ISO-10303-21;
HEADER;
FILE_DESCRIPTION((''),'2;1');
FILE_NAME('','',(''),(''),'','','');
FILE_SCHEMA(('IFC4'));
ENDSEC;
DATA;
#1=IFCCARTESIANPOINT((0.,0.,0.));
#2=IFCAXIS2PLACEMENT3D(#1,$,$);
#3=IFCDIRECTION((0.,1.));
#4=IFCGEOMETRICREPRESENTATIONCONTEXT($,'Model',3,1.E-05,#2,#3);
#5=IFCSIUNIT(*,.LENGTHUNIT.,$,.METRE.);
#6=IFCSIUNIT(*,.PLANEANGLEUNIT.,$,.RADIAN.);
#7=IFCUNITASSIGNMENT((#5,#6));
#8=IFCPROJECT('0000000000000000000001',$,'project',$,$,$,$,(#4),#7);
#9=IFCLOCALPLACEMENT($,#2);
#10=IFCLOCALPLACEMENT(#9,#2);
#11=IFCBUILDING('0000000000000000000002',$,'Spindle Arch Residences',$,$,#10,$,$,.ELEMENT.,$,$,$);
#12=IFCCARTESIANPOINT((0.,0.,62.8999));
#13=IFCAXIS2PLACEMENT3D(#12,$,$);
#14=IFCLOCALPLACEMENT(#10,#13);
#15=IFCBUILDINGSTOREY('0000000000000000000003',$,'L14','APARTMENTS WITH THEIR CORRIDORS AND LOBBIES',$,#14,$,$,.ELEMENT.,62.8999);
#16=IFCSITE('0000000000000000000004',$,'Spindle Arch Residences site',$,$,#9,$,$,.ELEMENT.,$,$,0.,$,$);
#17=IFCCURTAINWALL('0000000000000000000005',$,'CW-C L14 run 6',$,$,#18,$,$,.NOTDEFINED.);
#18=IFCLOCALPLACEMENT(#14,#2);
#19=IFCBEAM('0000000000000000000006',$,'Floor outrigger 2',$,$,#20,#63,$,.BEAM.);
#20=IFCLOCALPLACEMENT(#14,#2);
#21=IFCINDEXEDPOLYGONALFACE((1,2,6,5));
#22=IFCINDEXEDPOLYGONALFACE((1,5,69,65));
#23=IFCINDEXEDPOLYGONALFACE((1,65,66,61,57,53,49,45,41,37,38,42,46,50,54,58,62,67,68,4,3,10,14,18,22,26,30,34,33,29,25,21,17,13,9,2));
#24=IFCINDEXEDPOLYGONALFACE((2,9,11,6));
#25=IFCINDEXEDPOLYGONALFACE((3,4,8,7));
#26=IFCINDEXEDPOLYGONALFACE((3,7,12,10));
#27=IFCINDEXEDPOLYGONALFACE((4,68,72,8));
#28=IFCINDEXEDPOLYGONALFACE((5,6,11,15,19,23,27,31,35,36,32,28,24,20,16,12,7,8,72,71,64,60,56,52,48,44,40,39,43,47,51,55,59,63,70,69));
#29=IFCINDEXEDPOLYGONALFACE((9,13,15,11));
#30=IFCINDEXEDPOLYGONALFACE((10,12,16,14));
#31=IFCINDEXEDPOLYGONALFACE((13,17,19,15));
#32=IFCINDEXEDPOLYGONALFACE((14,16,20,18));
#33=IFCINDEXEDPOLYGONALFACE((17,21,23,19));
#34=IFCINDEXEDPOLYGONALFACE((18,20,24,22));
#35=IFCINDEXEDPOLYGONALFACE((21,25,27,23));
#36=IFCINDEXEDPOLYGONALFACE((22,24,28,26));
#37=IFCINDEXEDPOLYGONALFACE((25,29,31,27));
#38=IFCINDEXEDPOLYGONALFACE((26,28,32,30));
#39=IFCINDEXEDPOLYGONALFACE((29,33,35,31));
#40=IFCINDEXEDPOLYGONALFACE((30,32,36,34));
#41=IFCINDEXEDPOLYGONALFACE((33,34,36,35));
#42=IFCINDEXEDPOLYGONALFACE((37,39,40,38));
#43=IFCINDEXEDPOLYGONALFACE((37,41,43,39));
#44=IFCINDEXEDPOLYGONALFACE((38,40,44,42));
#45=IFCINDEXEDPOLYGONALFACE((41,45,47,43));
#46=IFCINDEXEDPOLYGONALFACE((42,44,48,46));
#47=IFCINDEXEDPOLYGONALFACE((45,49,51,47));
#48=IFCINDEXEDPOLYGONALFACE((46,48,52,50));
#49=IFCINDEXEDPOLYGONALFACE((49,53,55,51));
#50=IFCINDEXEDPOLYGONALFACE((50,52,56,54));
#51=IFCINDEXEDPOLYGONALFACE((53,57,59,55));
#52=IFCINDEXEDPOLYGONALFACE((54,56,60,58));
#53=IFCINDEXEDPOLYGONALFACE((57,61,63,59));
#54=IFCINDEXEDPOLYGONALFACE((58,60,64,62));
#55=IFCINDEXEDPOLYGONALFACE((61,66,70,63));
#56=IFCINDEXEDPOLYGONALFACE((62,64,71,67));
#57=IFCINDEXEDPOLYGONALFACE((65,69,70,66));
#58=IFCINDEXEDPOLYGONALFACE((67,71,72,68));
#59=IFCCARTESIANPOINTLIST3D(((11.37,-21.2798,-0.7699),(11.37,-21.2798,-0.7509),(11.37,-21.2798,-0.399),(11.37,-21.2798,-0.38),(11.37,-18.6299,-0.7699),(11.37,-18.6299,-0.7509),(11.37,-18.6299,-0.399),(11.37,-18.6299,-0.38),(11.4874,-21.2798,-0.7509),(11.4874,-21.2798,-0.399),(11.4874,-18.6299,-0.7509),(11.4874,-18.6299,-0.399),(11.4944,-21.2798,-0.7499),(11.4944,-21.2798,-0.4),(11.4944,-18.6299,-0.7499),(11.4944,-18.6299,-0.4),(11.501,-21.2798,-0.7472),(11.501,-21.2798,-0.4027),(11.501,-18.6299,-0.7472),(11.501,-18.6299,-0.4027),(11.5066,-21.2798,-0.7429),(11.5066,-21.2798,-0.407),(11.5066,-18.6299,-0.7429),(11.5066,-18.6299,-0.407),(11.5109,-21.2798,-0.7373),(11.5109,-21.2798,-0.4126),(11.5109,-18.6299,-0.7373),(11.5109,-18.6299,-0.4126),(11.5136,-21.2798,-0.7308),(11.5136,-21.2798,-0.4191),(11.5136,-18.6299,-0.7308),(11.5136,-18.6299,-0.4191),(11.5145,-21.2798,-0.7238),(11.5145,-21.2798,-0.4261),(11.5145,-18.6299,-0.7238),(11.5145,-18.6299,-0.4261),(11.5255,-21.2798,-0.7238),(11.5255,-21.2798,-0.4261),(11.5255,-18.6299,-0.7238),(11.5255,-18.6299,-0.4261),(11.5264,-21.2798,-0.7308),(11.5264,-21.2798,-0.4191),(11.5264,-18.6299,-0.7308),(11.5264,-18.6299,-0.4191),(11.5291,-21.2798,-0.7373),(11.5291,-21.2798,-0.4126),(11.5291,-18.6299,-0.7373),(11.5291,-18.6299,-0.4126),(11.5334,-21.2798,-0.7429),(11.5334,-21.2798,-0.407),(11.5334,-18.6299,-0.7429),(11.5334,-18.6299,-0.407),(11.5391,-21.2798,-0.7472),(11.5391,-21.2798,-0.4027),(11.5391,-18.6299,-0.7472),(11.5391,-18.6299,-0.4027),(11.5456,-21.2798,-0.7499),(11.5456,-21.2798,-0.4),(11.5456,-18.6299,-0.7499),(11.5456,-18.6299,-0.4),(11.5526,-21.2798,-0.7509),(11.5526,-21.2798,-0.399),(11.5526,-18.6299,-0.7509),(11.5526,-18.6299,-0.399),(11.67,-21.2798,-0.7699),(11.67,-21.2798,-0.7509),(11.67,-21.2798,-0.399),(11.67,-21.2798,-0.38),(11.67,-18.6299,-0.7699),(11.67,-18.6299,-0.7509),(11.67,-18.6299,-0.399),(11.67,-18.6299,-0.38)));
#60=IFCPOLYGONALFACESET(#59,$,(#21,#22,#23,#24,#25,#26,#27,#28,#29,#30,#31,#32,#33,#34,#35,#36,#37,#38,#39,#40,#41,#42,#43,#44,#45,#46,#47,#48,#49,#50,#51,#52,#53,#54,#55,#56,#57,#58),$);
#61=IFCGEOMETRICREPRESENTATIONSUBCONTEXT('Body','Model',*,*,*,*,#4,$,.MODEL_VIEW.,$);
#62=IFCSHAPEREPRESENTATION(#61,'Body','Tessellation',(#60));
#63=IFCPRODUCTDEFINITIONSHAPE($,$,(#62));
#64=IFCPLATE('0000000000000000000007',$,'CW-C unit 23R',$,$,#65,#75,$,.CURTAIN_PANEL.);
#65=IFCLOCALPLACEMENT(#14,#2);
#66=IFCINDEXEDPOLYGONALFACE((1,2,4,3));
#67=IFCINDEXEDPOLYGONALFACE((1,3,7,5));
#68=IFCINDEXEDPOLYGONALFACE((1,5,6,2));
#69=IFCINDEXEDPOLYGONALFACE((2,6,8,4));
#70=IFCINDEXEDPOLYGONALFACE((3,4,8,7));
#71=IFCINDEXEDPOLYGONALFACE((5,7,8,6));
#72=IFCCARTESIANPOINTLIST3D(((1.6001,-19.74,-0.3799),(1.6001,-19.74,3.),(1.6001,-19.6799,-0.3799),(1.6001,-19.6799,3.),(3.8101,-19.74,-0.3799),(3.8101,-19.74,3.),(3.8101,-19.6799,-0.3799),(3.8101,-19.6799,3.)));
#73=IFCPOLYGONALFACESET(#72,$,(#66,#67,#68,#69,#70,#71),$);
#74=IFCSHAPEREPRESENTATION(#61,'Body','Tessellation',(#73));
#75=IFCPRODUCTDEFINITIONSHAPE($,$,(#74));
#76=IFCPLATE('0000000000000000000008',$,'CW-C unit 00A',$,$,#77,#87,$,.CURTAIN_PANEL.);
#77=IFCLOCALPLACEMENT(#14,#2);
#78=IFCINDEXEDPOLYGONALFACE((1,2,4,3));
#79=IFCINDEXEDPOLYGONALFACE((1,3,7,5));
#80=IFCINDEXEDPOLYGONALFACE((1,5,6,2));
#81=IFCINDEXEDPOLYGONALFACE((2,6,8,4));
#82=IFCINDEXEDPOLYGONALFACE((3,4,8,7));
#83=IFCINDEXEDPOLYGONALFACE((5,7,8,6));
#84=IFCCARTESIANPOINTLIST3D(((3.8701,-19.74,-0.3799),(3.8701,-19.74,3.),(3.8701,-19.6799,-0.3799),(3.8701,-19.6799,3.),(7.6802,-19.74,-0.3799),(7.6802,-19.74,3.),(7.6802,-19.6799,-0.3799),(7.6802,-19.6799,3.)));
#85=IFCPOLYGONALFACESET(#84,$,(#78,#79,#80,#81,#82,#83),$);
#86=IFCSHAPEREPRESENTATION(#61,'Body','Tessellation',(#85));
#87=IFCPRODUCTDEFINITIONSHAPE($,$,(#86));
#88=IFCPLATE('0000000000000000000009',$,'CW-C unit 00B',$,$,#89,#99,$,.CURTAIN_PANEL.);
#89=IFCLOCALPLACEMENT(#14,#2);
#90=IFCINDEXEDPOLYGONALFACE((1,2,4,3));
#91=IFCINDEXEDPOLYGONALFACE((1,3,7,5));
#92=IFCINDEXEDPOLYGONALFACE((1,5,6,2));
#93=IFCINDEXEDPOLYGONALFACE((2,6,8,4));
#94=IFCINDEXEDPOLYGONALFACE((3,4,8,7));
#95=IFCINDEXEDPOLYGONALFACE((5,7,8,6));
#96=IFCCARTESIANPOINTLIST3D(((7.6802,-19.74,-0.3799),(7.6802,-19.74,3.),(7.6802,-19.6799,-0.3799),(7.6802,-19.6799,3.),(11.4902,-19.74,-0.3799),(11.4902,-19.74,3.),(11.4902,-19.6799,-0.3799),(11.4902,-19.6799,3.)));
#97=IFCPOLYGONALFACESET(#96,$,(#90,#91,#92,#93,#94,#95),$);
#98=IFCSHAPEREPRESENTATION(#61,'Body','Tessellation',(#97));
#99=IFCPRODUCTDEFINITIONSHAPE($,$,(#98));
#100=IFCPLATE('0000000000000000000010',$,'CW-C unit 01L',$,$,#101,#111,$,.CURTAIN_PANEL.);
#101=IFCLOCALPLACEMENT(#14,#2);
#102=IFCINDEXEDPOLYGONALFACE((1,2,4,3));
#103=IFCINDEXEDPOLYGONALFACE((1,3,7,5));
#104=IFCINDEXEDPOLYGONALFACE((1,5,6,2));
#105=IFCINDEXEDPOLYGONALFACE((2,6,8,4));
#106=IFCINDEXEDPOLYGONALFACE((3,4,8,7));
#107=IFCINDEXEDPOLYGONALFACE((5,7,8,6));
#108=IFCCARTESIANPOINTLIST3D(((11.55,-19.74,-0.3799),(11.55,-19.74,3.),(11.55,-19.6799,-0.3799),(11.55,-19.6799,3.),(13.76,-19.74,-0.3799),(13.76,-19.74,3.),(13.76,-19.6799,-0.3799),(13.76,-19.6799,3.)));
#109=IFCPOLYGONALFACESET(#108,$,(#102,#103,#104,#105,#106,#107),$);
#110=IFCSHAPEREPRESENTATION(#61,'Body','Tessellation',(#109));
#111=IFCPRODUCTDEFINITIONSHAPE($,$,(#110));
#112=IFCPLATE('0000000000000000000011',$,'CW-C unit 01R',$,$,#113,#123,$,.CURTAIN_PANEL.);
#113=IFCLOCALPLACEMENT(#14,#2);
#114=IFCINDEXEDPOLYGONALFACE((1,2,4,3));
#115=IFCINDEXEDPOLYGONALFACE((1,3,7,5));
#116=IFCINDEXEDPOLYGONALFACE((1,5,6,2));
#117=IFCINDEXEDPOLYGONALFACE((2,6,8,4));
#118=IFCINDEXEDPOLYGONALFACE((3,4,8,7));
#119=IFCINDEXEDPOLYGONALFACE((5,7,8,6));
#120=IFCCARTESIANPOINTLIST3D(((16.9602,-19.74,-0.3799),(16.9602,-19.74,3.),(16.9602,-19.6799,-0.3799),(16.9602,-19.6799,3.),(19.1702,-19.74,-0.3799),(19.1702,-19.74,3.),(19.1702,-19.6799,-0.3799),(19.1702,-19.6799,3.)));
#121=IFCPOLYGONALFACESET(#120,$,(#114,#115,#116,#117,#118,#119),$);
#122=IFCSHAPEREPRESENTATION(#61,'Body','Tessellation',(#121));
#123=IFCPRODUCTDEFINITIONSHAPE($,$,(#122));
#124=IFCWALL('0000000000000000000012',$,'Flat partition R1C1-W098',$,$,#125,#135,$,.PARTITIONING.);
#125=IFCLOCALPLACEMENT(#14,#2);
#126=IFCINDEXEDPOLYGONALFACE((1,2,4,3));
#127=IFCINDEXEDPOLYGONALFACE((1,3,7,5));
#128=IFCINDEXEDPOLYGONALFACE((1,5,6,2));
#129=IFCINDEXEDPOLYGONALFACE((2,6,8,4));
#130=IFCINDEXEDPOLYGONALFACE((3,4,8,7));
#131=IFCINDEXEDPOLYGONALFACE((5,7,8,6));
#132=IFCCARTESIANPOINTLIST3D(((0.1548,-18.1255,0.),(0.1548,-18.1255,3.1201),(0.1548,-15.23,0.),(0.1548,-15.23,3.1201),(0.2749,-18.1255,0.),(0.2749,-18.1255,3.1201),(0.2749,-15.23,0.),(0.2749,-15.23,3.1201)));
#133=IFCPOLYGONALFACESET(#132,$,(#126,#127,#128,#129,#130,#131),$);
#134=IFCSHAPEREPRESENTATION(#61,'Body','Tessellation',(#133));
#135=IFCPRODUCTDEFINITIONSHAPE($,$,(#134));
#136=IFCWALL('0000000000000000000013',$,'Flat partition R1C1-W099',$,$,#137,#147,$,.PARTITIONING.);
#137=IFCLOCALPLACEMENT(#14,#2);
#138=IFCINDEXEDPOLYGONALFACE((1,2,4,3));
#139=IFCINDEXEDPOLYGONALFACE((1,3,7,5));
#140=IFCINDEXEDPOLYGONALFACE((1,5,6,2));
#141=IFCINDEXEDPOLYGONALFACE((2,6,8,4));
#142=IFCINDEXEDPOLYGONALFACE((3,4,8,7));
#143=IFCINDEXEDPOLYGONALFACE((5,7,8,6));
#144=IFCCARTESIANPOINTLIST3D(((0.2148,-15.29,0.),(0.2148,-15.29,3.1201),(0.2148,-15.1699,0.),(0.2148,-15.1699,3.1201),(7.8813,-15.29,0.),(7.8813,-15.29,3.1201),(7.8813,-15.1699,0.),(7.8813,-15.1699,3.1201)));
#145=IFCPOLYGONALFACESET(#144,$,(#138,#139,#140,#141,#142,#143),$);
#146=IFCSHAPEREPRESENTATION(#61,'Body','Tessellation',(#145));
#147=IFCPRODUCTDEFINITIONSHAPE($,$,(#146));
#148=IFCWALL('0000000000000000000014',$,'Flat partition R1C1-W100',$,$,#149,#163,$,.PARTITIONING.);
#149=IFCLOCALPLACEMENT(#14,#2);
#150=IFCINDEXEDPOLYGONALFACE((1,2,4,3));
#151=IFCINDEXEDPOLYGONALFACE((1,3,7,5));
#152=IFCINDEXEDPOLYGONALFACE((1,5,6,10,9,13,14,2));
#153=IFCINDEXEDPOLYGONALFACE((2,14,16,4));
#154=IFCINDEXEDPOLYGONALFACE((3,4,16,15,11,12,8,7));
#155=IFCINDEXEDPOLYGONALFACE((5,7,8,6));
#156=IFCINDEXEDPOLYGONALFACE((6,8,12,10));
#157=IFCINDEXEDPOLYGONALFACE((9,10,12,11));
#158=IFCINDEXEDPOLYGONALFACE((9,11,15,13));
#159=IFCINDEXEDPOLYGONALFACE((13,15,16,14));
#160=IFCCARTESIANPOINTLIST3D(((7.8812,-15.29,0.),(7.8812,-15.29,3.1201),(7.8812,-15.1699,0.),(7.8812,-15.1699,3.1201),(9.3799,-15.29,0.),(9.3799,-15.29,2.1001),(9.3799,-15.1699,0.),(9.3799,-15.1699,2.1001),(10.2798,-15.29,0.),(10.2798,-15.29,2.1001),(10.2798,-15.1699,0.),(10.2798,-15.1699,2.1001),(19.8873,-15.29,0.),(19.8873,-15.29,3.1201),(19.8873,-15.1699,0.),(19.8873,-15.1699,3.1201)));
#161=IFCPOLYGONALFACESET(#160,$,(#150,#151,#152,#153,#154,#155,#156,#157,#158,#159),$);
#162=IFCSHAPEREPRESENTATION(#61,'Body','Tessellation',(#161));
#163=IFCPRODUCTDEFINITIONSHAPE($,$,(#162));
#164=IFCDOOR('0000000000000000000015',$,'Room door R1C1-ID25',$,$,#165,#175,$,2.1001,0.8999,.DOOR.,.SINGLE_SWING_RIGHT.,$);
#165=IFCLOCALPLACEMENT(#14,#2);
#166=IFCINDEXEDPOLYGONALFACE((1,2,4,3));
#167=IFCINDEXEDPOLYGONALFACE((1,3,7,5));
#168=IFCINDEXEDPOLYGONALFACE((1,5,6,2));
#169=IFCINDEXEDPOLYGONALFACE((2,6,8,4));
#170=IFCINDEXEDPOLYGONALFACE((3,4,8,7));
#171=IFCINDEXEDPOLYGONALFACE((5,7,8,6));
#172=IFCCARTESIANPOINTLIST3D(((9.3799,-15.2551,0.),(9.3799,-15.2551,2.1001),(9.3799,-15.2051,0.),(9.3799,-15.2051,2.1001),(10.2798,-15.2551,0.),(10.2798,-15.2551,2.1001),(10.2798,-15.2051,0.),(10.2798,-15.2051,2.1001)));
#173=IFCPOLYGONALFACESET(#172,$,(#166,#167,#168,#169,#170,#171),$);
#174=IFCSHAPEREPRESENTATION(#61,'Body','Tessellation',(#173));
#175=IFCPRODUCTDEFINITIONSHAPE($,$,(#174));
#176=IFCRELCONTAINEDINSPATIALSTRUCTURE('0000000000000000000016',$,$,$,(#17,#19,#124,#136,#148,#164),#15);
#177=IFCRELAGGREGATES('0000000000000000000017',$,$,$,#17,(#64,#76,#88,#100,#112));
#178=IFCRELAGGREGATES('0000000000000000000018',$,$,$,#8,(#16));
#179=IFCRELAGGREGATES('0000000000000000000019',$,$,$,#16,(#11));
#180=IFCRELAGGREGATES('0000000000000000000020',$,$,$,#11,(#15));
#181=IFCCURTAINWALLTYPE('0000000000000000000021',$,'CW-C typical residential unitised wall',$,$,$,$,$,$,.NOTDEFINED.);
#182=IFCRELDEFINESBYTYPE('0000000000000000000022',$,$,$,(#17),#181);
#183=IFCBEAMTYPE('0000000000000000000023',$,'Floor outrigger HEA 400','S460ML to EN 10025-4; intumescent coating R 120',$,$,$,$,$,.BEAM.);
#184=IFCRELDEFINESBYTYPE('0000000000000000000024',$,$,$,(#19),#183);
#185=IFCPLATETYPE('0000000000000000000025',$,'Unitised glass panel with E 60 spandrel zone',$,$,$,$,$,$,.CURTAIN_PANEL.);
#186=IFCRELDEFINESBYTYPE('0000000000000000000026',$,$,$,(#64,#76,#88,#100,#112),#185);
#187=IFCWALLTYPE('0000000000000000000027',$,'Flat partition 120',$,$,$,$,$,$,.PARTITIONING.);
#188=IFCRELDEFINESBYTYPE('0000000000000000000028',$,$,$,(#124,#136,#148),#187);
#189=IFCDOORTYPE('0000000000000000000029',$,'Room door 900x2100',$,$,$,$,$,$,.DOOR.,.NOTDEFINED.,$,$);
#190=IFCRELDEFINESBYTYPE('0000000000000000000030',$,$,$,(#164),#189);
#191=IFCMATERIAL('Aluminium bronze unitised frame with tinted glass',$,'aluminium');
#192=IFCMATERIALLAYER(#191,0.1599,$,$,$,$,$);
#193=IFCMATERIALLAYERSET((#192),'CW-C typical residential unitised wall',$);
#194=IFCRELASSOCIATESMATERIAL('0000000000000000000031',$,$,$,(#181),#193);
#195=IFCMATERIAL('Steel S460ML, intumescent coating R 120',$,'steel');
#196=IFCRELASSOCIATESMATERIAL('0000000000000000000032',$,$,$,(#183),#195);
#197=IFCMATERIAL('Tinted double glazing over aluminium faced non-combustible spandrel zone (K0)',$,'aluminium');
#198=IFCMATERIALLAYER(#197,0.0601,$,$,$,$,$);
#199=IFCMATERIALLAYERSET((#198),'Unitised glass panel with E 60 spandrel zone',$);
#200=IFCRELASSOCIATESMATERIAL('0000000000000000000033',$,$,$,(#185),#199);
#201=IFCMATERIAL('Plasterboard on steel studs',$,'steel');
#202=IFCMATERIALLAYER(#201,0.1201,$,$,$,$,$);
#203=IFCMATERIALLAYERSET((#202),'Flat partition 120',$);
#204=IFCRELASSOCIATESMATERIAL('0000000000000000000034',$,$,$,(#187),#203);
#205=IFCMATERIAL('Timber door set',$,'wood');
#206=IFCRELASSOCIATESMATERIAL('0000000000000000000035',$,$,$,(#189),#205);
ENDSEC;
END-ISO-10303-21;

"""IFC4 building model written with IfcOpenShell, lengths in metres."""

from ifc_helpers import new_model, si_unit, direction, frame, frame_2d, origin, origin_2d, place, context, subcontext, project, spatial, rectangle, i_section, extrude, material, layer, layer_set, material_profile, profile_set, type_object, element, fill, aggregate, save


model = new_model("IFC4")

# Units and contexts
model_context = context("Model", 3, precision=1e-05, world=origin(), true_north=direction((0.0, 1.0)))
body_context = subcontext(model_context, "Body", "Model", "MODEL_VIEW")
ifc_project = project(units=[si_unit("LENGTHUNIT", "METRE"), si_unit("PLANEANGLEUNIT", "RADIAN")], contexts=[model_context])

# Site, building, storey
site_placement = place(None, origin())
site = spatial("IfcSite", under=ifc_project, at=site_placement, Name="Spindle Arch Residences site", CompositionType="ELEMENT", RefElevation=0.0)
building_placement = place(site_placement, origin())
building = spatial("IfcBuilding", under=site, at=building_placement, Name="Spindle Arch Residences", CompositionType="ELEMENT")
storey_placement = place(building_placement, frame((0.0, 0.0, 62.8999)))
storey = spatial("IfcBuildingStorey", under=building, at=storey_placement, Name="L14", Description="APARTMENTS WITH THEIR CORRIDORS AND LOBBIES", CompositionType="ELEMENT", Elevation=62.8999)

# Curtain wall
ifc_material_1 = material(Name="Aluminium bronze unitised frame with tinted glass", Category="aluminium")
ifc_layer_1 = layer(ifc_material_1, 0.1599)
ifc_layer_set_1 = layer_set([ifc_layer_1], Name="CW-C typical residential unitised wall")
curtain_wall_type = type_object("IfcCurtainWallType", Name="CW-C typical residential unitised wall", PredefinedType="NOTDEFINED", material=ifc_layer_set_1)
curtain_wall_placement = place(storey_placement, origin())
curtain_wall = element("IfcCurtainWall", 1, at=curtain_wall_placement, inside=storey, type_object=curtain_wall_type, Name="CW-C L14 run 6", PredefinedType="NOTDEFINED")

# Beam
ifc_material_2 = material(Name="Steel S460ML, intumescent coating R 120", Category="steel")
ifc_material_profile_1 = material_profile(ifc_material_2, i_section(OverallWidth=0.3, OverallDepth=0.3899, WebThickness=0.011, FlangeThickness=0.019, FilletRadius=0.0271, at=origin_2d()), Name="HEA 400")
ifc_profile_set_1 = profile_set([ifc_material_profile_1], Name="Steel S460ML, intumescent coating R 120")
beam_type_1 = type_object("IfcBeamType", Name="Floor outrigger HEA 400", Description="S460ML to EN 10025-4; intumescent coating R 120", PredefinedType="BEAM", material=ifc_profile_set_1)
for number, where, z_axis, x_axis, name in (
    (2, (11.52, -21.2798, -0.575), (0.0, 1.0, 0.0), (-1.0, 0.0, 0.0), "Floor outrigger 2"),
):
    element("IfcBeam", number, at=place(storey_placement, frame(where, z_axis=z_axis, x_axis=x_axis)), inside=storey, type_object=beam_type_1, Name=name, PredefinedType="BEAM", context=body_context, shape_type="SweptSolid", body=[
        extrude(i_section(OverallWidth=0.3, OverallDepth=0.3899, WebThickness=0.011, FlangeThickness=0.019, FilletRadius=0.0271, at=origin_2d()), origin(), (0.0, 0.0, 1.0), 2.6499),
    ])

# Plates
ifc_material_3 = material(Name="Tinted double glazing over aluminium faced non-combustible spandrel zone (K0)", Category="aluminium")
ifc_layer_2 = layer(ifc_material_3, 0.0601)
ifc_layer_set_2 = layer_set([ifc_layer_2], Name="Unitised glass panel with E 60 spandrel zone")
plate_type = type_object("IfcPlateType", Name="Unitised glass panel with E 60 spandrel zone", PredefinedType="CURTAIN_PANEL", material=ifc_layer_set_2)
plate_1_placement = place(storey_placement, frame((2.7051, -19.71, -0.3799), z_axis=(0.0, 0.0, 1.0), x_axis=(1.0, 0.0, 0.0)))
plate_1 = element("IfcPlate", 3, at=plate_1_placement, type_object=plate_type, Name="CW-C unit 23R", PredefinedType="CURTAIN_PANEL", context=body_context, shape_type="SweptSolid", body=[
    extrude(rectangle(XDim=2.21, YDim=0.0601, at=origin_2d()), origin(), (0.0, 0.0, 1.0), 3.3799),
])
plate_2_placement = place(storey_placement, frame((5.7751, -19.71, -0.3799), z_axis=(0.0, 0.0, 1.0), x_axis=(1.0, 0.0, 0.0)))
plate_2 = element("IfcPlate", 4, at=plate_2_placement, type_object=plate_type, Name="CW-C unit 00A", PredefinedType="CURTAIN_PANEL", context=body_context, shape_type="SweptSolid", body=[
    extrude(rectangle(XDim=3.8101, YDim=0.0601, at=origin_2d()), origin(), (0.0, 0.0, 1.0), 3.3799),
])
plate_3_placement = place(storey_placement, frame((9.5852, -19.71, -0.3799), z_axis=(0.0, 0.0, 1.0), x_axis=(1.0, 0.0, 0.0)))
plate_3 = element("IfcPlate", 5, at=plate_3_placement, type_object=plate_type, Name="CW-C unit 00B", PredefinedType="CURTAIN_PANEL", context=body_context, shape_type="SweptSolid", body=[
    extrude(rectangle(XDim=3.8101, YDim=0.0601, at=origin_2d()), origin(), (0.0, 0.0, 1.0), 3.3799),
])
plate_4_placement = place(storey_placement, frame((12.655, -19.71, -0.3799), z_axis=(0.0, 0.0, 1.0), x_axis=(1.0, 0.0, 0.0)))
plate_4 = element("IfcPlate", 6, at=plate_4_placement, type_object=plate_type, Name="CW-C unit 01L", PredefinedType="CURTAIN_PANEL", context=body_context, shape_type="SweptSolid", body=[
    extrude(rectangle(XDim=2.21, YDim=0.0601, at=origin_2d()), origin(), (0.0, 0.0, 1.0), 3.3799),
])
plate_5_placement = place(storey_placement, frame((18.0652, -19.71, -0.3799), z_axis=(0.0, 0.0, 1.0), x_axis=(1.0, 0.0, 0.0)))
plate_5 = element("IfcPlate", 7, at=plate_5_placement, type_object=plate_type, Name="CW-C unit 01R", PredefinedType="CURTAIN_PANEL", context=body_context, shape_type="SweptSolid", body=[
    extrude(rectangle(XDim=2.21, YDim=0.0601, at=origin_2d()), origin(), (0.0, 0.0, 1.0), 3.3799),
])
aggregate(curtain_wall, [plate_1, plate_2, plate_3, plate_4, plate_5])

# Walls
ifc_material_4 = material(Name="Plasterboard on steel studs", Category="steel")
ifc_layer_3 = layer(ifc_material_4, 0.1201)
ifc_layer_set_3 = layer_set([ifc_layer_3], Name="Flat partition 120")
wall_type_1 = type_object("IfcWallType", Name="Flat partition 120", PredefinedType="PARTITIONING", material=ifc_layer_set_3)
wall_1_placement = place(storey_placement, frame((0.2148, -18.1255, 0.0), z_axis=(0.0, 0.0, 1.0), x_axis=(0.0, 1.0, 0.0)))
element("IfcWall", 8, at=wall_1_placement, inside=storey, type_object=wall_type_1, Name="Flat partition R1C1-W098", PredefinedType="PARTITIONING", context=body_context, shape_type="SweptSolid", body=[
    extrude(rectangle(XDim=2.8955, YDim=0.1201, at=frame_2d((1.4478, 0.0))), origin(), (0.0, 0.0, 1.0), 3.1201),
])
wall_2_placement = place(storey_placement, frame((0.2148, -15.23, 0.0), z_axis=(0.0, 0.0, 1.0), x_axis=(1.0, 0.0, 0.0)))
element("IfcWall", 9, at=wall_2_placement, inside=storey, type_object=wall_type_1, Name="Flat partition R1C1-W099", PredefinedType="PARTITIONING", context=body_context, shape_type="SweptSolid", body=[
    extrude(rectangle(XDim=7.6665, YDim=0.1201, at=frame_2d((3.8333, 0.0))), origin(), (0.0, 0.0, 1.0), 3.1201),
])

# Wall, opening, door
wall_3_placement = place(storey_placement, frame((7.8813, -15.23, 0.0), z_axis=(0.0, 0.0, 1.0), x_axis=(1.0, 0.0, 0.0)))
wall_3 = element("IfcWall", 10, at=wall_3_placement, inside=storey, type_object=wall_type_1, Name="Flat partition R1C1-W100", PredefinedType="PARTITIONING", context=body_context, shape_type="SweptSolid", body=[
    extrude(rectangle(XDim=12.0061, YDim=0.1201, at=frame_2d((6.0029, 0.0))), origin(), (0.0, 0.0, 1.0), 3.1201),
])
opening_1_placement = place(wall_3_placement, frame((1.4985, 0.0, 0.0)))
opening_1 = element("IfcOpeningElement", 11, at=opening_1_placement, cuts=wall_3, PredefinedType="OPENING", context=body_context, shape_type="SweptSolid", body=[
    extrude(rectangle(XDim=0.8999, YDim=2.1001, at=frame_2d((0.45, 1.05))), frame((0.0, 0.0701, 0.0), z_axis=(0.0, -1.0, 0.0), x_axis=(1.0, 0.0, 0.0)), (0.0, 0.0, 1.0), 0.1401),
])
ifc_material_5 = material(Name="Timber door set", Category="wood")
door_type_1 = type_object("IfcDoorType", Name="Room door 900x2100", OperationType="NOTDEFINED", PredefinedType="DOOR", material=ifc_material_5)
door_1_placement = place(opening_1_placement, origin())
door_1 = element("IfcDoor", 12, at=door_1_placement, inside=storey, type_object=door_type_1, Name="Room door R1C1-ID25", OperationType="SINGLE_SWING_RIGHT", OverallHeight=2.1001, OverallWidth=0.8999, PredefinedType="DOOR", context=body_context, shape_type="SweptSolid", body=[
    extrude(rectangle(XDim=0.8999, YDim=2.1001, at=frame_2d((0.45, 1.05))), frame((0.0, 0.0249, 0.0), z_axis=(0.0, -1.0, 0.0), x_axis=(1.0, 0.0, 0.0)), (0.0, 0.0, 1.0), 0.05),
])
fill(opening_1, door_1)

save(model, "model.ifc")
